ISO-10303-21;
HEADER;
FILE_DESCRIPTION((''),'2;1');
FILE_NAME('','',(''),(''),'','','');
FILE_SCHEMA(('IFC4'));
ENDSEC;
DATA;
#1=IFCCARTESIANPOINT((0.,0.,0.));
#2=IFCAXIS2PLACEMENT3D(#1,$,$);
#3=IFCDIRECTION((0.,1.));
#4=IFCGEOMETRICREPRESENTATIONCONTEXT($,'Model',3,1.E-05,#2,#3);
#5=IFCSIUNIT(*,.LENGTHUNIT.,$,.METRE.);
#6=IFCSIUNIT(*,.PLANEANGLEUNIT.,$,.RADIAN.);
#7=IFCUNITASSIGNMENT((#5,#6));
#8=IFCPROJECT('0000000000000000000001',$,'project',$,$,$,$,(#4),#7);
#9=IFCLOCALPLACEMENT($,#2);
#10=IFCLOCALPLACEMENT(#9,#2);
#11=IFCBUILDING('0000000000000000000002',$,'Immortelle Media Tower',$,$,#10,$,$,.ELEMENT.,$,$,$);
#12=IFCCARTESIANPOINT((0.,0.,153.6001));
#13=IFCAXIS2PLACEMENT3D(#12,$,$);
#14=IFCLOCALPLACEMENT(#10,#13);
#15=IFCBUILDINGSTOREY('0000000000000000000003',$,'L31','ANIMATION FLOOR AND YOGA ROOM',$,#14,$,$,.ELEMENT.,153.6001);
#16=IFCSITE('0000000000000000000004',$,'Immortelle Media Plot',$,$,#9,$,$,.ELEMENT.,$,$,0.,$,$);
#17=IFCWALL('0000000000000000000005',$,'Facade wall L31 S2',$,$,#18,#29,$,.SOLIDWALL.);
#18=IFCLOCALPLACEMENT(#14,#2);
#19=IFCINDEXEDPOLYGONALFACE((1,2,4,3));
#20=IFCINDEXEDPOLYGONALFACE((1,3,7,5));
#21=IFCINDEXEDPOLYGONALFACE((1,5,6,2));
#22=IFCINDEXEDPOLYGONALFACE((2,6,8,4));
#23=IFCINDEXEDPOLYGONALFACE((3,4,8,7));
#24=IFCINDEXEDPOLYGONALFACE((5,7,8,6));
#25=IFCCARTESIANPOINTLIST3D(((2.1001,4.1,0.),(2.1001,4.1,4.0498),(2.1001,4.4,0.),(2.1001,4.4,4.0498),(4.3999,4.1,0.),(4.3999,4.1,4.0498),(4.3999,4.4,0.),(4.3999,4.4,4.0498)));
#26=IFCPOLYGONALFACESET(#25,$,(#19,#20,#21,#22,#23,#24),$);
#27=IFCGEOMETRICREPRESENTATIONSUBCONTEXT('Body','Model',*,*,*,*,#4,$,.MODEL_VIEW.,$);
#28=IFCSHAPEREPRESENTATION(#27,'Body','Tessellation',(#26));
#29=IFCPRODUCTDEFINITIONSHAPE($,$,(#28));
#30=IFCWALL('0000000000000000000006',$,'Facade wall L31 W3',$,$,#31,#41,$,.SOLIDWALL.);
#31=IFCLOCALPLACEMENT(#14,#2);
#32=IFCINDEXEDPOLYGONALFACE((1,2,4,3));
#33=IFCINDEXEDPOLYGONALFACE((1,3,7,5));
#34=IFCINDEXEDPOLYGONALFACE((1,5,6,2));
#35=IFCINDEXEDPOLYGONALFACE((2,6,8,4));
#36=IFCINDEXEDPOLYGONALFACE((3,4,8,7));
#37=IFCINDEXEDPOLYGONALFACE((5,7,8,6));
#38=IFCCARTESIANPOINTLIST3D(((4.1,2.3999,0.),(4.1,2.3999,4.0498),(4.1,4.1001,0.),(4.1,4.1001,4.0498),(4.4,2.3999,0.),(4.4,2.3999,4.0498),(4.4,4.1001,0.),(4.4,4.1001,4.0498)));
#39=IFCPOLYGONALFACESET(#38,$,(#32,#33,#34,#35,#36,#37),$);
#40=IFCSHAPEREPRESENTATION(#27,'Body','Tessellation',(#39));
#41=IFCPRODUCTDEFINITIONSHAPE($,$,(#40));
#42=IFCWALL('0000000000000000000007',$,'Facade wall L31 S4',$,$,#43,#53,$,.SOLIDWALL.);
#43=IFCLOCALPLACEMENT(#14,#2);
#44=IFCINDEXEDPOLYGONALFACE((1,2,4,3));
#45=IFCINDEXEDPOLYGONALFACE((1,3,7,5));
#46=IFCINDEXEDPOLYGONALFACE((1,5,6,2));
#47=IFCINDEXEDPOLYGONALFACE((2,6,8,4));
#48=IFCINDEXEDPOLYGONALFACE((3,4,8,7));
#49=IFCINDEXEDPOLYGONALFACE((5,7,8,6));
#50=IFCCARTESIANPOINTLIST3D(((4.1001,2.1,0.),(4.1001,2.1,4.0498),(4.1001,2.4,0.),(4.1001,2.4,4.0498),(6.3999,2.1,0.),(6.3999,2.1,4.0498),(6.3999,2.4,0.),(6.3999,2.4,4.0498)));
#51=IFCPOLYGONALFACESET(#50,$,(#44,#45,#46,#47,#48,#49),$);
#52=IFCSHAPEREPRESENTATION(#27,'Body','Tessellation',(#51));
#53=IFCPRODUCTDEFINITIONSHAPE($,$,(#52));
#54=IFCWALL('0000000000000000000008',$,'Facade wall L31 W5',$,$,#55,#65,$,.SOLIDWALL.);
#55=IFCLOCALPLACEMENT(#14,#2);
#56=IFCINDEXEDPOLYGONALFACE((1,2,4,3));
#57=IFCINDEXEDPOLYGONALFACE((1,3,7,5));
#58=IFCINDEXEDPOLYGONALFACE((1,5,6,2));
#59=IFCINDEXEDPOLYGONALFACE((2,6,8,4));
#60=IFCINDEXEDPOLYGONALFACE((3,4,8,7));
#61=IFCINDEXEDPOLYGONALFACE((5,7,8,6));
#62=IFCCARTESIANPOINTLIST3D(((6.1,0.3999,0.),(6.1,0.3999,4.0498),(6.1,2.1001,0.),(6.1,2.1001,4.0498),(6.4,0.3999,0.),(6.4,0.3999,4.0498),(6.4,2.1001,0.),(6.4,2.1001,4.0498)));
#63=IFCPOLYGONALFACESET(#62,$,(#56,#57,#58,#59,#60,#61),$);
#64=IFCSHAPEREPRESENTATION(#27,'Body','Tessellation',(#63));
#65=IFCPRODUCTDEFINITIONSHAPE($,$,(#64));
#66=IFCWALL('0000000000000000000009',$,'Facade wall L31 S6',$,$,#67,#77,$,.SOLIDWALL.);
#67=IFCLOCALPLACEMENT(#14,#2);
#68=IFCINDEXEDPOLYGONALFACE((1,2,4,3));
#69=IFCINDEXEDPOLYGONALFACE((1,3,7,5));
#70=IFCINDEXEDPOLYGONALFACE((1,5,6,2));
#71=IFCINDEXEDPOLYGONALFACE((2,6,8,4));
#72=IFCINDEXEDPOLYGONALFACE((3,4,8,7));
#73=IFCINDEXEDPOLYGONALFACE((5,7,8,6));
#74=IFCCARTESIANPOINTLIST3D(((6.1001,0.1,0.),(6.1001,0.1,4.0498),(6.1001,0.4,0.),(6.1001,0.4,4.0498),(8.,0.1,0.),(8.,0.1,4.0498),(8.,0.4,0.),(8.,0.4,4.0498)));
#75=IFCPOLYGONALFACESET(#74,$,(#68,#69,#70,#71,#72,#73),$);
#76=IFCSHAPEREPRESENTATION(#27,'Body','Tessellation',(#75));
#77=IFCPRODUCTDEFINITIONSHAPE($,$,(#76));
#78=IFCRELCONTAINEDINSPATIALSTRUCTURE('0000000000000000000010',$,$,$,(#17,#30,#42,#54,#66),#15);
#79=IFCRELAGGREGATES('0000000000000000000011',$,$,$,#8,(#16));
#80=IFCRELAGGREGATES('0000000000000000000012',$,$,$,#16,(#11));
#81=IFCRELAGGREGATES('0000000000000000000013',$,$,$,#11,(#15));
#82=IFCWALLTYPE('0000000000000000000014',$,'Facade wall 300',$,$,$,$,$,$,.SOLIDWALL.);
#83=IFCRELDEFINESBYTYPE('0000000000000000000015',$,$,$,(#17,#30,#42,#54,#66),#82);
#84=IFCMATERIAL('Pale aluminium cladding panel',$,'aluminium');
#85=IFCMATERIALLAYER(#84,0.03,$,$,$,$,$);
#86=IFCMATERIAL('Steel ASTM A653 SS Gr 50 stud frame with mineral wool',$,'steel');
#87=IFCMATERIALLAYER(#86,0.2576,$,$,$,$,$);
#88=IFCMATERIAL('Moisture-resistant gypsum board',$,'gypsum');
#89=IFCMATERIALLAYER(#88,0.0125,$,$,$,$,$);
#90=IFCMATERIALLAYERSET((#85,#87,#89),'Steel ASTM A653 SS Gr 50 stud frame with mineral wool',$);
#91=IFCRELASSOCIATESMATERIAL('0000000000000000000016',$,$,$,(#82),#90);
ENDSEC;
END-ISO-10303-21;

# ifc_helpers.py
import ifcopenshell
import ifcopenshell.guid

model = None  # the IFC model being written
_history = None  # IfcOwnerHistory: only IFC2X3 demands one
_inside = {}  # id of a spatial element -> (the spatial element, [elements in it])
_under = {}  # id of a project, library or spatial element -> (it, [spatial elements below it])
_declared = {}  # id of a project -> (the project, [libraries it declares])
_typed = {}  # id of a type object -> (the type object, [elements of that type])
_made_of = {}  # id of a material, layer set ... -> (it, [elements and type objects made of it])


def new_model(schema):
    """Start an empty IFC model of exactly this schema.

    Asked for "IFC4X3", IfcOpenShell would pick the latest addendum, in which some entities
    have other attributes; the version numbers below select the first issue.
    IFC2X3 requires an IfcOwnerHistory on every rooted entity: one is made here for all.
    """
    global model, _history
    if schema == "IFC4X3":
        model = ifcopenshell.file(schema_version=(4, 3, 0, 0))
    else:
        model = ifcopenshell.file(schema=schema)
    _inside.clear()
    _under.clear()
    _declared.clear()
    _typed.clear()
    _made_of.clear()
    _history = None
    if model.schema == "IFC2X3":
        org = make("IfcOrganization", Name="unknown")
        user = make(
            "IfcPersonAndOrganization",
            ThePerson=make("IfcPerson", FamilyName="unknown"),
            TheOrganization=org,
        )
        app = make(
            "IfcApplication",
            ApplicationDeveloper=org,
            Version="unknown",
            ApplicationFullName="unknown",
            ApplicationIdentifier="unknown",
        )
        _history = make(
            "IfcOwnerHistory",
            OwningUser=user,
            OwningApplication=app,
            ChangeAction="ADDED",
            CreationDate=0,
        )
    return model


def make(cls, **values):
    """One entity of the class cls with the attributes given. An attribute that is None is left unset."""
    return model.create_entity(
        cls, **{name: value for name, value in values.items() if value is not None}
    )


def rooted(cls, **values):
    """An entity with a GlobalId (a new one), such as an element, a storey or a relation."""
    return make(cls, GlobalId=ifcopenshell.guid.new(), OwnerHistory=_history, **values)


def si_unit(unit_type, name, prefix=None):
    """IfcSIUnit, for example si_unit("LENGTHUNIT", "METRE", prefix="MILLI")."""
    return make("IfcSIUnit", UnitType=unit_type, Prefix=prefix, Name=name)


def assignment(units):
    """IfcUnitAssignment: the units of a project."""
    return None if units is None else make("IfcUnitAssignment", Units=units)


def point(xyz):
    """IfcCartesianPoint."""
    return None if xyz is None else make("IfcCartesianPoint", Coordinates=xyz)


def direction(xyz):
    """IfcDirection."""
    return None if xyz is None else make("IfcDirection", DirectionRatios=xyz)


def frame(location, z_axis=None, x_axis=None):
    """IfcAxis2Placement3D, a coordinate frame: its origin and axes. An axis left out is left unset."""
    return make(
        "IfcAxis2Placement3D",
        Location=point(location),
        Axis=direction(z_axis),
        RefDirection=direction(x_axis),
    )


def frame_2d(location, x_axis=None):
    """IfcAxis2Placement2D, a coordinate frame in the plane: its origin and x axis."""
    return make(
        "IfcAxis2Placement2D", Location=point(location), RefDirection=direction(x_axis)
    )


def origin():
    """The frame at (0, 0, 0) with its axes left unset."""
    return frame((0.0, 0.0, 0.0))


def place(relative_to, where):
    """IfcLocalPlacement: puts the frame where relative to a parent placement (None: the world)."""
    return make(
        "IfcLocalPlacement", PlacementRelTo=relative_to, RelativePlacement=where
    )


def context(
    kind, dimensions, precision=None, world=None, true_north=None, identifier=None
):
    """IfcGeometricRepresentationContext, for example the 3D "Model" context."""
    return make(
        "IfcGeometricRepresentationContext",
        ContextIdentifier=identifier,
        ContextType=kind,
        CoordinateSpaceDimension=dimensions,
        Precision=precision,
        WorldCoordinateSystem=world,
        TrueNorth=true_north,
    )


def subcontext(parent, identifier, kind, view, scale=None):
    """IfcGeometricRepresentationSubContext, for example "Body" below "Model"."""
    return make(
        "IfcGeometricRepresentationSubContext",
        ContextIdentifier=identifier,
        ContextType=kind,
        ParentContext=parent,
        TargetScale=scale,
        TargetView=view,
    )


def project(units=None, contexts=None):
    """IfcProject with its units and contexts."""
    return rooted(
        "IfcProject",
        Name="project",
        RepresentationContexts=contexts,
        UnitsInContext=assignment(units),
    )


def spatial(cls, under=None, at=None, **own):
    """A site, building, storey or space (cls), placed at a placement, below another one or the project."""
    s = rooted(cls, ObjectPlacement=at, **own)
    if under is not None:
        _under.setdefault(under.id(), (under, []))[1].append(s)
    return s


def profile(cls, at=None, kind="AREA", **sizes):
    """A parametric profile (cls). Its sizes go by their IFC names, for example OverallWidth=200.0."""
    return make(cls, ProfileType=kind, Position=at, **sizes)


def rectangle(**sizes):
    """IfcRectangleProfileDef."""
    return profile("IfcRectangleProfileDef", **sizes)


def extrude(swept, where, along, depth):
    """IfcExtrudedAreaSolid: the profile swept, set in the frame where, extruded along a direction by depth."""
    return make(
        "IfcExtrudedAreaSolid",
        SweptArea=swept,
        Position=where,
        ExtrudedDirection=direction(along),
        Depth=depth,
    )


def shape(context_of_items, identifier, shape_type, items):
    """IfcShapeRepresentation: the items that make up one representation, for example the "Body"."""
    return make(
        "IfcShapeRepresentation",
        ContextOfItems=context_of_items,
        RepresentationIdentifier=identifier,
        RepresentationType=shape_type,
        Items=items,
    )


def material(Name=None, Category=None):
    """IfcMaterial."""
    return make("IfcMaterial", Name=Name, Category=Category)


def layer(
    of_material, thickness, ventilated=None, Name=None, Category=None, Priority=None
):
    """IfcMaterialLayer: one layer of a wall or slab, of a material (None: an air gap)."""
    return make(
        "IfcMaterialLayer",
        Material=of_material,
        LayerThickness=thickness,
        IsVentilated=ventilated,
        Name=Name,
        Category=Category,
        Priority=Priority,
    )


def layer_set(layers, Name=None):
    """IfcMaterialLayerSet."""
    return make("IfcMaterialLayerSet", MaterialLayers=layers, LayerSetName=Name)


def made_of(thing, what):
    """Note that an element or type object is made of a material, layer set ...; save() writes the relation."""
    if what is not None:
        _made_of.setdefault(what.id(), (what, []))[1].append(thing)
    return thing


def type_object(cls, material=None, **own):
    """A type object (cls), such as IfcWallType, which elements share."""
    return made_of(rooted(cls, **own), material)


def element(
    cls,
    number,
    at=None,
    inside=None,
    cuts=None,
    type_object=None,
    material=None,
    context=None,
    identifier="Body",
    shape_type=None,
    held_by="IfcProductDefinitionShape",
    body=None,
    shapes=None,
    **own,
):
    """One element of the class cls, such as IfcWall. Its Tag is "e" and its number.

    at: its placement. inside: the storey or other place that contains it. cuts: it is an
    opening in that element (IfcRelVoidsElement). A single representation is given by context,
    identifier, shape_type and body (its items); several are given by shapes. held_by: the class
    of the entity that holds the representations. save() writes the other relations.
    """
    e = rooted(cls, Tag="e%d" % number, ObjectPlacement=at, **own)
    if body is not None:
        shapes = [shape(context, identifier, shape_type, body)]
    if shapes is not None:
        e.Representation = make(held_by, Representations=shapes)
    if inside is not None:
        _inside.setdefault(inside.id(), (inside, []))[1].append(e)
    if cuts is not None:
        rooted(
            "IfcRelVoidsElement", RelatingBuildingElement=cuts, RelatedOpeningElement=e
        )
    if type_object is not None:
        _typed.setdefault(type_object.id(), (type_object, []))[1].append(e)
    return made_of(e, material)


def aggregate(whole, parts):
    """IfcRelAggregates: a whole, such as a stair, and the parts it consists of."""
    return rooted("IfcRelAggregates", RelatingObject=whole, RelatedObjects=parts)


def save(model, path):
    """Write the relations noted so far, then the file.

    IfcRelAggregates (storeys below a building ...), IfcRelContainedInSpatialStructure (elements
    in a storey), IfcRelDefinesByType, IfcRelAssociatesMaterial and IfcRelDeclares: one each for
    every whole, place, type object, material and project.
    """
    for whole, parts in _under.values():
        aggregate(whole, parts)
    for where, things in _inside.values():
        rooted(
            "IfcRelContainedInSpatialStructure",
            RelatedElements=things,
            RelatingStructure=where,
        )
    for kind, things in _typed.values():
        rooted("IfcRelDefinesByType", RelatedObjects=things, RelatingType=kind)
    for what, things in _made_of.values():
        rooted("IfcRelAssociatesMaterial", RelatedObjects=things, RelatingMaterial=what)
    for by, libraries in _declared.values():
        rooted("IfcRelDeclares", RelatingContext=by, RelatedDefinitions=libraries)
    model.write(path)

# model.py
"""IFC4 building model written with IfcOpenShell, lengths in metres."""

from ifc_helpers import new_model, si_unit, direction, frame, frame_2d, origin, place, context, subcontext, project, spatial, rectangle, extrude, material, layer, layer_set, type_object, element, save


model = new_model("IFC4")

# Units and contexts
model_context = context("Model", 3, precision=1e-05, world=origin(), true_north=direction((0.0, 1.0)))
body_context = subcontext(model_context, "Body", "Model", "MODEL_VIEW")
ifc_project = project(units=[si_unit("LENGTHUNIT", "METRE"), si_unit("PLANEANGLEUNIT", "RADIAN")], contexts=[model_context])

# Site, building, storey
site_placement = place(None, origin())
site = spatial("IfcSite", under=ifc_project, at=site_placement, Name="Immortelle Media Plot", CompositionType="ELEMENT", RefElevation=0.0)
building_placement = place(site_placement, origin())
building = spatial("IfcBuilding", under=site, at=building_placement, Name="Immortelle Media Tower", CompositionType="ELEMENT")
storey_placement = place(building_placement, frame((0.0, 0.0, 153.6001)))
storey = spatial("IfcBuildingStorey", under=building, at=storey_placement, Name="L31", Description="ANIMATION FLOOR AND YOGA ROOM", CompositionType="ELEMENT", Elevation=153.6001)

# Shared definitions
ifc_material_1 = material(Name="Steel ASTM A653 SS Gr 50 stud frame with mineral wool", Category="steel")

# Walls
ifc_material_2 = material(Name="Pale aluminium cladding panel", Category="aluminium")
ifc_layer_1 = layer(ifc_material_2, 0.03)
ifc_layer_2 = layer(ifc_material_1, 0.2576)
ifc_material_3 = material(Name="Moisture-resistant gypsum board", Category="gypsum")
ifc_layer_3 = layer(ifc_material_3, 0.0125)
ifc_layer_set_1 = layer_set([ifc_layer_1, ifc_layer_2, ifc_layer_3], Name="Steel ASTM A653 SS Gr 50 stud frame with mineral wool")
wall_type_1 = type_object("IfcWallType", Name="Facade wall 300", PredefinedType="SOLIDWALL", material=ifc_layer_set_1)
wall_1_placement = place(storey_placement, frame((2.1001, 4.25, 0.0), z_axis=(0.0, 0.0, 1.0), x_axis=(1.0, 0.0, 0.0)))
element("IfcWall", 1, at=wall_1_placement, inside=storey, type_object=wall_type_1, Name="Facade wall L31 S2", PredefinedType="SOLIDWALL", context=body_context, shape_type="SweptSolid", body=[
    extrude(rectangle(XDim=2.2998, YDim=0.3, at=frame_2d((1.1499, 0.0))), origin(), (0.0, 0.0, 1.0), 4.0498),
])
wall_2_placement = place(storey_placement, frame((4.25, 4.1001, 0.0), z_axis=(0.0, 0.0, 1.0), x_axis=(0.0, -1.0, 0.0)))
element("IfcWall", 2, at=wall_2_placement, inside=storey, type_object=wall_type_1, Name="Facade wall L31 W3", PredefinedType="SOLIDWALL", context=body_context, shape_type="SweptSolid", body=[
    extrude(rectangle(XDim=1.7002, YDim=0.3, at=frame_2d((0.8501, 0.0))), origin(), (0.0, 0.0, 1.0), 4.0498),
])
wall_3_placement = place(storey_placement, frame((4.1001, 2.25, 0.0), z_axis=(0.0, 0.0, 1.0), x_axis=(1.0, 0.0, 0.0)))
element("IfcWall", 3, at=wall_3_placement, inside=storey, type_object=wall_type_1, Name="Facade wall L31 S4", PredefinedType="SOLIDWALL", context=body_context, shape_type="SweptSolid", body=[
    extrude(rectangle(XDim=2.2998, YDim=0.3, at=frame_2d((1.1499, 0.0))), origin(), (0.0, 0.0, 1.0), 4.0498),
])
wall_4_placement = place(storey_placement, frame((6.25, 2.1001, 0.0), z_axis=(0.0, 0.0, 1.0), x_axis=(0.0, -1.0, 0.0)))
element("IfcWall", 4, at=wall_4_placement, inside=storey, type_object=wall_type_1, Name="Facade wall L31 W5", PredefinedType="SOLIDWALL", context=body_context, shape_type="SweptSolid", body=[
    extrude(rectangle(XDim=1.7002, YDim=0.3, at=frame_2d((0.8501, 0.0))), origin(), (0.0, 0.0, 1.0), 4.0498),
])
wall_5_placement = place(storey_placement, frame((6.1001, 0.25, 0.0), z_axis=(0.0, 0.0, 1.0), x_axis=(1.0, 0.0, 0.0)))
element("IfcWall", 5, at=wall_5_placement, inside=storey, type_object=wall_type_1, Name="Facade wall L31 S6", PredefinedType="SOLIDWALL", context=body_context, shape_type="SweptSolid", body=[
    extrude(rectangle(XDim=1.8999, YDim=0.3, at=frame_2d((0.95, 0.0))), origin(), (0.0, 0.0, 1.0), 4.0498),
])

save(model, "model.ifc")
